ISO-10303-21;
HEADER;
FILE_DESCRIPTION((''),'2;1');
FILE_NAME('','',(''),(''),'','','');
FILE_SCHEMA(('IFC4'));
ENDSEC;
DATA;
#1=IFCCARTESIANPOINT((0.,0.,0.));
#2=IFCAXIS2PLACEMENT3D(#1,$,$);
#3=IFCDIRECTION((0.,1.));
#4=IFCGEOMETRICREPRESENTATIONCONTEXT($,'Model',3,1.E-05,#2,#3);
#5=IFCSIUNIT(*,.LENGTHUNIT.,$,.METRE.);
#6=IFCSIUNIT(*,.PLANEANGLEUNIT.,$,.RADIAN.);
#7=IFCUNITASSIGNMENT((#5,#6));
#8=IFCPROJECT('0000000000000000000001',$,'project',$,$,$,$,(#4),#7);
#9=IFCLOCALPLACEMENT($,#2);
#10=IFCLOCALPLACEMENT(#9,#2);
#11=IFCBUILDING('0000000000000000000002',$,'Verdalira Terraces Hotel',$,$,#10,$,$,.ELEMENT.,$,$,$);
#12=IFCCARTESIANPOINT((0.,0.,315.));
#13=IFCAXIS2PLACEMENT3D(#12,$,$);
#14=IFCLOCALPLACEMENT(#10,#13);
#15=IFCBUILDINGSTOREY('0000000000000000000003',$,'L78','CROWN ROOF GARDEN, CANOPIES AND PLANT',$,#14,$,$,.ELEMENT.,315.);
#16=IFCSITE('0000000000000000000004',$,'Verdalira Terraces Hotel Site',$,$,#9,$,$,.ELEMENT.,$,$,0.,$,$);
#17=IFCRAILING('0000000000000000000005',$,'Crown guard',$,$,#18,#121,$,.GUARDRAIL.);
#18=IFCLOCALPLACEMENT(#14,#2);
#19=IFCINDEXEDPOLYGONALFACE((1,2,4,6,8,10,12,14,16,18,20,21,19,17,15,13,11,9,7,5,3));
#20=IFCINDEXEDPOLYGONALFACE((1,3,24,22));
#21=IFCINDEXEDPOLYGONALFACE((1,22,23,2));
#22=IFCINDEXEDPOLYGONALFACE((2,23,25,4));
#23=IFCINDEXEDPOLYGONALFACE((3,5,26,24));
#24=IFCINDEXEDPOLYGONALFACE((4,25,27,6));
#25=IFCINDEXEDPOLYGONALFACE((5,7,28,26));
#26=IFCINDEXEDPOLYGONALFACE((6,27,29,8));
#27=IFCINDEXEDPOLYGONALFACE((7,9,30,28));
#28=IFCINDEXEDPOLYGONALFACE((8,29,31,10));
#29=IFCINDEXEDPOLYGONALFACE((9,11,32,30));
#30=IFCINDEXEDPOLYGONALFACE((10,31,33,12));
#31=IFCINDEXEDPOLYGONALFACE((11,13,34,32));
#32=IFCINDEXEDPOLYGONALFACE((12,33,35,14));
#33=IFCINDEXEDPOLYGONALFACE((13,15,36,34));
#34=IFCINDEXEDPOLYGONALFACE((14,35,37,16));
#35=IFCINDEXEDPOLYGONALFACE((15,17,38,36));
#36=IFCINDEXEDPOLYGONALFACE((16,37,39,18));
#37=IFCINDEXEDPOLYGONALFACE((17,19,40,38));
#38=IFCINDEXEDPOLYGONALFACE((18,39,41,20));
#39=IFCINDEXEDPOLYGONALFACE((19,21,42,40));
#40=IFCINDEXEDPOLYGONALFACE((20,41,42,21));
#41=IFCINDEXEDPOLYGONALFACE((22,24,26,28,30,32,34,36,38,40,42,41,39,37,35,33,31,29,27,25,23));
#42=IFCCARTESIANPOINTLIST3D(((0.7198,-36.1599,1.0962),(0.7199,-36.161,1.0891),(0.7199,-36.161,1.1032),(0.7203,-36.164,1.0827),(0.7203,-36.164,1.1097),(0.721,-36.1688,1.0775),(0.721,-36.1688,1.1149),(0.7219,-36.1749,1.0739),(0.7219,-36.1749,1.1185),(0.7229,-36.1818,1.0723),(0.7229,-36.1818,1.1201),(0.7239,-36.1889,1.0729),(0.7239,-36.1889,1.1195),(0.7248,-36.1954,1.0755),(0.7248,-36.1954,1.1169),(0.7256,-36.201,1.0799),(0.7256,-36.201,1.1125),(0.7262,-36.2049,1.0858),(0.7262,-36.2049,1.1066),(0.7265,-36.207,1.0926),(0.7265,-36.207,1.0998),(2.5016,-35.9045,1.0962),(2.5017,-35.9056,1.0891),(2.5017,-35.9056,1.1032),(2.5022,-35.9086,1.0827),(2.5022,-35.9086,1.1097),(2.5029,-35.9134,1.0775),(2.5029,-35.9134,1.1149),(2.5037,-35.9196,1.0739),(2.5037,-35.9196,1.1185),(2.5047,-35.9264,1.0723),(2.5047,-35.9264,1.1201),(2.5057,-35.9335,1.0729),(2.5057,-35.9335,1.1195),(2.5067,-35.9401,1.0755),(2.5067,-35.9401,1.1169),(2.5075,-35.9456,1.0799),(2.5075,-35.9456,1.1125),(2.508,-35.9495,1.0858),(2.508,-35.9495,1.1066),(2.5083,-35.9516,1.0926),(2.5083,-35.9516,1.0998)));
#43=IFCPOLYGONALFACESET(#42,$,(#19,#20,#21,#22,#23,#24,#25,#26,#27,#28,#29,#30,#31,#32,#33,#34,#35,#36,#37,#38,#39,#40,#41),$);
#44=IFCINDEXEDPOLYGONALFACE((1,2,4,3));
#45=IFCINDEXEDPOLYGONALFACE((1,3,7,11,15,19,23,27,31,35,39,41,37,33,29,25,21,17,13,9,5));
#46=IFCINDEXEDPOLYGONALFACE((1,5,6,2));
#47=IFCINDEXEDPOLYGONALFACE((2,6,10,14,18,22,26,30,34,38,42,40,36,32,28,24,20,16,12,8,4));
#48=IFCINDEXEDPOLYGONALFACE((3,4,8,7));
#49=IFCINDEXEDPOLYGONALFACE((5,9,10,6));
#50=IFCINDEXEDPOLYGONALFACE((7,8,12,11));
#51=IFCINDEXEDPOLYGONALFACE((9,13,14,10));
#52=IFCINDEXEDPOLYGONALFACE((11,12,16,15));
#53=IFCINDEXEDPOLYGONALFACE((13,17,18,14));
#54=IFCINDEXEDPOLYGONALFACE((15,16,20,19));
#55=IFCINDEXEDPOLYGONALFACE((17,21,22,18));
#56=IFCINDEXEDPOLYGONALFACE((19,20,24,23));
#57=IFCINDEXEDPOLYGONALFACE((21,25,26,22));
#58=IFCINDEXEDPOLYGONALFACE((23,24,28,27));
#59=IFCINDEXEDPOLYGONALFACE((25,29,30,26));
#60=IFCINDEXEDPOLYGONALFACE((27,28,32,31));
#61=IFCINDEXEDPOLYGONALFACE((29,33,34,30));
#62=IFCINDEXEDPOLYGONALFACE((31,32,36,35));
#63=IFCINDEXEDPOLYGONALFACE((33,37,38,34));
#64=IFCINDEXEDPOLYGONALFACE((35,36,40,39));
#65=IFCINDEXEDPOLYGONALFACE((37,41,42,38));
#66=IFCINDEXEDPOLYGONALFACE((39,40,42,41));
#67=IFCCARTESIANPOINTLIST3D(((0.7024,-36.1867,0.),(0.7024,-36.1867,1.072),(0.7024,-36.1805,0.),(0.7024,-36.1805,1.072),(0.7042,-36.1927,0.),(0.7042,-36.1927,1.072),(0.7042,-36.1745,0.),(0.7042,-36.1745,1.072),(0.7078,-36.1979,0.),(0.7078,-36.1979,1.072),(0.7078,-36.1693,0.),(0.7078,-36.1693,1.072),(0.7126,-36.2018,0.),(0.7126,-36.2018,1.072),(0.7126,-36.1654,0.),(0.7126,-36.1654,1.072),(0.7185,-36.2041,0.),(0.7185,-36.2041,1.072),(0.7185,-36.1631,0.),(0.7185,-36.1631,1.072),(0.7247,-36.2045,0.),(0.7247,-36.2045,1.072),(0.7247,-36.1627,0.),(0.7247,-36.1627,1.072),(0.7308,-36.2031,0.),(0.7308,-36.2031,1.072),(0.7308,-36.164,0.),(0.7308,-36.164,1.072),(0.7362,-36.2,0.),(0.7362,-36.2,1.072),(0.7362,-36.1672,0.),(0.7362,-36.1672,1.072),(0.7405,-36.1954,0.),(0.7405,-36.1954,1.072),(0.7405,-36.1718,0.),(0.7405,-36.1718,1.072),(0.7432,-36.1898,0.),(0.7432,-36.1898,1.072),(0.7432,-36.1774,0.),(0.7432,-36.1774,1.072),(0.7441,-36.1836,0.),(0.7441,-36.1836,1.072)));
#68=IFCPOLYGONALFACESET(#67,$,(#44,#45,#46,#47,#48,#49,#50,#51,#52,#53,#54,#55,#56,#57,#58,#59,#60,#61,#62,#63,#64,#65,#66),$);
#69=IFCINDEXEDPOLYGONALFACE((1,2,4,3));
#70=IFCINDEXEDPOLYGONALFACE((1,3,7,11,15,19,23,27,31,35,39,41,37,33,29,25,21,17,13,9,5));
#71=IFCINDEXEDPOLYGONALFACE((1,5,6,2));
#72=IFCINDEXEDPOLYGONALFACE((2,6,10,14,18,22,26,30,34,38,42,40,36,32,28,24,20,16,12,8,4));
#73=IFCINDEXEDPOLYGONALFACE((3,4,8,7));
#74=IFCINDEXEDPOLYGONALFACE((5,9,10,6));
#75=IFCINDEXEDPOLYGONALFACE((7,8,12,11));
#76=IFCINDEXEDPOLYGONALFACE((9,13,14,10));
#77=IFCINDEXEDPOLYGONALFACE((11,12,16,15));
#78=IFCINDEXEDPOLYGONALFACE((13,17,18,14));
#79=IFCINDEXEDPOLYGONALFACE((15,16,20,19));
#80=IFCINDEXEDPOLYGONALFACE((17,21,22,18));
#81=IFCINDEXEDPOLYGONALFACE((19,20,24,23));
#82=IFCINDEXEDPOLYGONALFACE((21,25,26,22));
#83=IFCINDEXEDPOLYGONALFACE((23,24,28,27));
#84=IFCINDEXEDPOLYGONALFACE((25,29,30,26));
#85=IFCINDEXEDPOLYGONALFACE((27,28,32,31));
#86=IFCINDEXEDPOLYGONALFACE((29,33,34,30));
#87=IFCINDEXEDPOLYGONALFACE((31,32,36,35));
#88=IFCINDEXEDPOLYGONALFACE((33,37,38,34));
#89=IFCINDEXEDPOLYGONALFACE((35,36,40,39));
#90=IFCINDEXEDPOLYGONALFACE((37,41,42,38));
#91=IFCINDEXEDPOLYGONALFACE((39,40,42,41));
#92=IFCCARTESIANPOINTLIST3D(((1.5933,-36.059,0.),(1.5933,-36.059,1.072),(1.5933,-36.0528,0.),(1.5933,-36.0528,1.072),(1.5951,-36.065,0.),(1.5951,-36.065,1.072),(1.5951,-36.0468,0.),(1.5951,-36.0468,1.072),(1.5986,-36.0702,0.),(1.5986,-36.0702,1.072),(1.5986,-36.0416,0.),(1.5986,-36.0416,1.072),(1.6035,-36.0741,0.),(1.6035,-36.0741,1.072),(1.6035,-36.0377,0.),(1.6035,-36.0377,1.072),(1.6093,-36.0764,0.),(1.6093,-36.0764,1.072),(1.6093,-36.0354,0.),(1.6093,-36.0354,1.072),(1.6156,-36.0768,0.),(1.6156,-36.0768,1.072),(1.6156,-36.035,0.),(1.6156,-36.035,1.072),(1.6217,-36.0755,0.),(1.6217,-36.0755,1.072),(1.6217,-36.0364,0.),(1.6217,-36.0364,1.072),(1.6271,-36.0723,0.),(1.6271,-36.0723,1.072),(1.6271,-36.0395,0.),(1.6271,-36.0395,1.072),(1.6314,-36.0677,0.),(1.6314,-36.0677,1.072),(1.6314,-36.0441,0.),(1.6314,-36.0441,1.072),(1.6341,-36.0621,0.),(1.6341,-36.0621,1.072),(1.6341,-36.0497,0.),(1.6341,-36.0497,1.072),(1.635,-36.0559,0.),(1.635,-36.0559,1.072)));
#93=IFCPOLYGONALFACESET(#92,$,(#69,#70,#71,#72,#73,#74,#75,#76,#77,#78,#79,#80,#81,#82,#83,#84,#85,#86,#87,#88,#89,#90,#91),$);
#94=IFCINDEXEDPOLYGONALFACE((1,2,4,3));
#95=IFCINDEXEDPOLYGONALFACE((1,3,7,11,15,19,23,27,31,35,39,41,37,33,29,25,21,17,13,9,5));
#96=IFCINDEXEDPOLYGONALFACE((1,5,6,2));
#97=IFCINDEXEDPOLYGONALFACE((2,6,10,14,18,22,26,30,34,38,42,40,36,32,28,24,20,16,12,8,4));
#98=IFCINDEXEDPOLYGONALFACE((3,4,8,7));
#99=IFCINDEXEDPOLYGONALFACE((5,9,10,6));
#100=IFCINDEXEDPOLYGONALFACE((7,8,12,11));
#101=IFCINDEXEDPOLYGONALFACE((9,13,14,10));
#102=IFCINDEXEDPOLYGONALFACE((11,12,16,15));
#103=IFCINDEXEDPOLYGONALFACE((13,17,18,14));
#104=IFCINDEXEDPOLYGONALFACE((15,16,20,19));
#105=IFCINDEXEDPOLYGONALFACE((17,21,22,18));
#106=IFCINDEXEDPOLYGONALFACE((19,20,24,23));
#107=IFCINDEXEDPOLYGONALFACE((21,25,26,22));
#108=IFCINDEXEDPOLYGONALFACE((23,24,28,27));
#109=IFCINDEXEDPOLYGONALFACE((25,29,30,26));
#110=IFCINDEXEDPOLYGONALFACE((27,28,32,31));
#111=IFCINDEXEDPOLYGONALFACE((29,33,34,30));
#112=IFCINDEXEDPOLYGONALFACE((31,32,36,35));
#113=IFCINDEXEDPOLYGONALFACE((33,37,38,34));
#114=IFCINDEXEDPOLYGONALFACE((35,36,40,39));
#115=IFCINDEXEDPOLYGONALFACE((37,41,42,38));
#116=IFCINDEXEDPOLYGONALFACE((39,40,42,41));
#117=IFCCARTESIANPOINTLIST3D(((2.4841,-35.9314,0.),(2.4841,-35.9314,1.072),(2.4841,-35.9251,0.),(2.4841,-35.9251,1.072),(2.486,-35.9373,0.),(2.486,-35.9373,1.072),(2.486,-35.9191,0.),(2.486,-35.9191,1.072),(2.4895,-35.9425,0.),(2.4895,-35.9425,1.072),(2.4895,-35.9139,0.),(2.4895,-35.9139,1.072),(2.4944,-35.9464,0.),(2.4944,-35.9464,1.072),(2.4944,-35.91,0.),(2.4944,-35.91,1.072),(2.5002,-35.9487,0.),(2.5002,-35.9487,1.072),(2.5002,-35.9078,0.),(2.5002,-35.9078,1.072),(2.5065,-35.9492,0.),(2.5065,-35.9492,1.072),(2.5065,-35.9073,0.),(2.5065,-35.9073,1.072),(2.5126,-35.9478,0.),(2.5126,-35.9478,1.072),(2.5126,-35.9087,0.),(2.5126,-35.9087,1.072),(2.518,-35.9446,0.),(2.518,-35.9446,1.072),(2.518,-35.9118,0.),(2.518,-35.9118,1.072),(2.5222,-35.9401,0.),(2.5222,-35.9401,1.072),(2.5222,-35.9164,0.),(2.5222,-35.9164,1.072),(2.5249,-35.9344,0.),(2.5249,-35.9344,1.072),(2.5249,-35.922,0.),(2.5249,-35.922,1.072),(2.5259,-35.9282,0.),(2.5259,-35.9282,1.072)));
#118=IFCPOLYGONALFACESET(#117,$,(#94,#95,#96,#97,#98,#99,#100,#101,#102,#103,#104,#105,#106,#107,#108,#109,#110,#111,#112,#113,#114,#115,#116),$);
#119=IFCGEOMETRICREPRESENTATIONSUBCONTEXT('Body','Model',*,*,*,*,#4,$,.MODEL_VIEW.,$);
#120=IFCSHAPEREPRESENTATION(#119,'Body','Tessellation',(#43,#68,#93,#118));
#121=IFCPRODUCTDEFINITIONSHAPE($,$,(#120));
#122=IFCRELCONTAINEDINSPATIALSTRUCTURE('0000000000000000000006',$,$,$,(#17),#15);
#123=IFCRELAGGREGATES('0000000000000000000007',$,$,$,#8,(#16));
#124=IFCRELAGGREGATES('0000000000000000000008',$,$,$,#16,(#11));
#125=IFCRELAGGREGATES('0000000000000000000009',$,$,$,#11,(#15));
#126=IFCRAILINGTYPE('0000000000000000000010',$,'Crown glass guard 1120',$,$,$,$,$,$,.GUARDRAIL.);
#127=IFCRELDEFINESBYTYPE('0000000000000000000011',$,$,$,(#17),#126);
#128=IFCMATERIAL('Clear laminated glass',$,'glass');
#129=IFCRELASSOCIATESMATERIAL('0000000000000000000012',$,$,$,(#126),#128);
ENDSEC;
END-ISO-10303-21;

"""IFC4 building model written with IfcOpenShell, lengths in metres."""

from ifc_helpers import new_model, si_unit, direction, frame, origin, origin_2d, place, context, subcontext, project, spatial, circle, extrude, material, type_object, element, save


model = new_model("IFC4")

# Units and contexts
model_context = context("Model", 3, precision=1e-05, world=origin(), true_north=direction((0.0, 1.0)))
body_context = subcontext(model_context, "Body", "Model", "MODEL_VIEW")
ifc_project = project(units=[si_unit("LENGTHUNIT", "METRE"), si_unit("PLANEANGLEUNIT", "RADIAN")], contexts=[model_context])

# Site, building, storey
site_placement = place(None, origin())
site = spatial("IfcSite", under=ifc_project, at=site_placement, Name="Verdalira Terraces Hotel Site", CompositionType="ELEMENT", RefElevation=0.0)
building_placement = place(site_placement, origin())
building = spatial("IfcBuilding", under=site, at=building_placement, Name="Verdalira Terraces Hotel", CompositionType="ELEMENT")
storey_placement = place(building_placement, frame((0.0, 0.0, 315.0)))
storey = spatial("IfcBuildingStorey", under=building, at=storey_placement, Name="L78", Description="CROWN ROOF GARDEN, CANOPIES AND PLANT", CompositionType="ELEMENT", Elevation=315.0)

# Railing
ifc_material_1 = material(Name="Clear laminated glass", Category="glass")
railing_type = type_object("IfcRailingType", Name="Crown glass guard 1120", PredefinedType="GUARDRAIL", material=ifc_material_1)
railing_1_placement = place(storey_placement, frame((0.7231, -36.1836, 0.0)))
element("IfcRailing", 1, at=railing_1_placement, inside=storey, type_object=railing_type, Name="Crown guard", PredefinedType="GUARDRAIL", context=body_context, shape_type="SweptSolid", body=[
    extrude(circle(Radius=0.0239, at=origin_2d()), frame((0.0, 0.0, 1.0962), z_axis=(0.989884, 0.141877, 0.0), x_axis=(-0.141877, 0.989884, 0.0)), (0.0, 0.0, 1.0), 1.8),
    extrude(circle(Radius=0.021, at=origin_2d()), origin(), (0.0, 0.0, 1.0), 1.072),
    extrude(circle(Radius=0.021, at=origin_2d()), frame((0.8909, 0.1277, 0.0)), (0.0, 0.0, 1.0), 1.072),
    extrude(circle(Radius=0.021, at=origin_2d()), frame((1.7817, 0.2554, 0.0)), (0.0, 0.0, 1.0), 1.072),
])

save(model, "model.ifc")
